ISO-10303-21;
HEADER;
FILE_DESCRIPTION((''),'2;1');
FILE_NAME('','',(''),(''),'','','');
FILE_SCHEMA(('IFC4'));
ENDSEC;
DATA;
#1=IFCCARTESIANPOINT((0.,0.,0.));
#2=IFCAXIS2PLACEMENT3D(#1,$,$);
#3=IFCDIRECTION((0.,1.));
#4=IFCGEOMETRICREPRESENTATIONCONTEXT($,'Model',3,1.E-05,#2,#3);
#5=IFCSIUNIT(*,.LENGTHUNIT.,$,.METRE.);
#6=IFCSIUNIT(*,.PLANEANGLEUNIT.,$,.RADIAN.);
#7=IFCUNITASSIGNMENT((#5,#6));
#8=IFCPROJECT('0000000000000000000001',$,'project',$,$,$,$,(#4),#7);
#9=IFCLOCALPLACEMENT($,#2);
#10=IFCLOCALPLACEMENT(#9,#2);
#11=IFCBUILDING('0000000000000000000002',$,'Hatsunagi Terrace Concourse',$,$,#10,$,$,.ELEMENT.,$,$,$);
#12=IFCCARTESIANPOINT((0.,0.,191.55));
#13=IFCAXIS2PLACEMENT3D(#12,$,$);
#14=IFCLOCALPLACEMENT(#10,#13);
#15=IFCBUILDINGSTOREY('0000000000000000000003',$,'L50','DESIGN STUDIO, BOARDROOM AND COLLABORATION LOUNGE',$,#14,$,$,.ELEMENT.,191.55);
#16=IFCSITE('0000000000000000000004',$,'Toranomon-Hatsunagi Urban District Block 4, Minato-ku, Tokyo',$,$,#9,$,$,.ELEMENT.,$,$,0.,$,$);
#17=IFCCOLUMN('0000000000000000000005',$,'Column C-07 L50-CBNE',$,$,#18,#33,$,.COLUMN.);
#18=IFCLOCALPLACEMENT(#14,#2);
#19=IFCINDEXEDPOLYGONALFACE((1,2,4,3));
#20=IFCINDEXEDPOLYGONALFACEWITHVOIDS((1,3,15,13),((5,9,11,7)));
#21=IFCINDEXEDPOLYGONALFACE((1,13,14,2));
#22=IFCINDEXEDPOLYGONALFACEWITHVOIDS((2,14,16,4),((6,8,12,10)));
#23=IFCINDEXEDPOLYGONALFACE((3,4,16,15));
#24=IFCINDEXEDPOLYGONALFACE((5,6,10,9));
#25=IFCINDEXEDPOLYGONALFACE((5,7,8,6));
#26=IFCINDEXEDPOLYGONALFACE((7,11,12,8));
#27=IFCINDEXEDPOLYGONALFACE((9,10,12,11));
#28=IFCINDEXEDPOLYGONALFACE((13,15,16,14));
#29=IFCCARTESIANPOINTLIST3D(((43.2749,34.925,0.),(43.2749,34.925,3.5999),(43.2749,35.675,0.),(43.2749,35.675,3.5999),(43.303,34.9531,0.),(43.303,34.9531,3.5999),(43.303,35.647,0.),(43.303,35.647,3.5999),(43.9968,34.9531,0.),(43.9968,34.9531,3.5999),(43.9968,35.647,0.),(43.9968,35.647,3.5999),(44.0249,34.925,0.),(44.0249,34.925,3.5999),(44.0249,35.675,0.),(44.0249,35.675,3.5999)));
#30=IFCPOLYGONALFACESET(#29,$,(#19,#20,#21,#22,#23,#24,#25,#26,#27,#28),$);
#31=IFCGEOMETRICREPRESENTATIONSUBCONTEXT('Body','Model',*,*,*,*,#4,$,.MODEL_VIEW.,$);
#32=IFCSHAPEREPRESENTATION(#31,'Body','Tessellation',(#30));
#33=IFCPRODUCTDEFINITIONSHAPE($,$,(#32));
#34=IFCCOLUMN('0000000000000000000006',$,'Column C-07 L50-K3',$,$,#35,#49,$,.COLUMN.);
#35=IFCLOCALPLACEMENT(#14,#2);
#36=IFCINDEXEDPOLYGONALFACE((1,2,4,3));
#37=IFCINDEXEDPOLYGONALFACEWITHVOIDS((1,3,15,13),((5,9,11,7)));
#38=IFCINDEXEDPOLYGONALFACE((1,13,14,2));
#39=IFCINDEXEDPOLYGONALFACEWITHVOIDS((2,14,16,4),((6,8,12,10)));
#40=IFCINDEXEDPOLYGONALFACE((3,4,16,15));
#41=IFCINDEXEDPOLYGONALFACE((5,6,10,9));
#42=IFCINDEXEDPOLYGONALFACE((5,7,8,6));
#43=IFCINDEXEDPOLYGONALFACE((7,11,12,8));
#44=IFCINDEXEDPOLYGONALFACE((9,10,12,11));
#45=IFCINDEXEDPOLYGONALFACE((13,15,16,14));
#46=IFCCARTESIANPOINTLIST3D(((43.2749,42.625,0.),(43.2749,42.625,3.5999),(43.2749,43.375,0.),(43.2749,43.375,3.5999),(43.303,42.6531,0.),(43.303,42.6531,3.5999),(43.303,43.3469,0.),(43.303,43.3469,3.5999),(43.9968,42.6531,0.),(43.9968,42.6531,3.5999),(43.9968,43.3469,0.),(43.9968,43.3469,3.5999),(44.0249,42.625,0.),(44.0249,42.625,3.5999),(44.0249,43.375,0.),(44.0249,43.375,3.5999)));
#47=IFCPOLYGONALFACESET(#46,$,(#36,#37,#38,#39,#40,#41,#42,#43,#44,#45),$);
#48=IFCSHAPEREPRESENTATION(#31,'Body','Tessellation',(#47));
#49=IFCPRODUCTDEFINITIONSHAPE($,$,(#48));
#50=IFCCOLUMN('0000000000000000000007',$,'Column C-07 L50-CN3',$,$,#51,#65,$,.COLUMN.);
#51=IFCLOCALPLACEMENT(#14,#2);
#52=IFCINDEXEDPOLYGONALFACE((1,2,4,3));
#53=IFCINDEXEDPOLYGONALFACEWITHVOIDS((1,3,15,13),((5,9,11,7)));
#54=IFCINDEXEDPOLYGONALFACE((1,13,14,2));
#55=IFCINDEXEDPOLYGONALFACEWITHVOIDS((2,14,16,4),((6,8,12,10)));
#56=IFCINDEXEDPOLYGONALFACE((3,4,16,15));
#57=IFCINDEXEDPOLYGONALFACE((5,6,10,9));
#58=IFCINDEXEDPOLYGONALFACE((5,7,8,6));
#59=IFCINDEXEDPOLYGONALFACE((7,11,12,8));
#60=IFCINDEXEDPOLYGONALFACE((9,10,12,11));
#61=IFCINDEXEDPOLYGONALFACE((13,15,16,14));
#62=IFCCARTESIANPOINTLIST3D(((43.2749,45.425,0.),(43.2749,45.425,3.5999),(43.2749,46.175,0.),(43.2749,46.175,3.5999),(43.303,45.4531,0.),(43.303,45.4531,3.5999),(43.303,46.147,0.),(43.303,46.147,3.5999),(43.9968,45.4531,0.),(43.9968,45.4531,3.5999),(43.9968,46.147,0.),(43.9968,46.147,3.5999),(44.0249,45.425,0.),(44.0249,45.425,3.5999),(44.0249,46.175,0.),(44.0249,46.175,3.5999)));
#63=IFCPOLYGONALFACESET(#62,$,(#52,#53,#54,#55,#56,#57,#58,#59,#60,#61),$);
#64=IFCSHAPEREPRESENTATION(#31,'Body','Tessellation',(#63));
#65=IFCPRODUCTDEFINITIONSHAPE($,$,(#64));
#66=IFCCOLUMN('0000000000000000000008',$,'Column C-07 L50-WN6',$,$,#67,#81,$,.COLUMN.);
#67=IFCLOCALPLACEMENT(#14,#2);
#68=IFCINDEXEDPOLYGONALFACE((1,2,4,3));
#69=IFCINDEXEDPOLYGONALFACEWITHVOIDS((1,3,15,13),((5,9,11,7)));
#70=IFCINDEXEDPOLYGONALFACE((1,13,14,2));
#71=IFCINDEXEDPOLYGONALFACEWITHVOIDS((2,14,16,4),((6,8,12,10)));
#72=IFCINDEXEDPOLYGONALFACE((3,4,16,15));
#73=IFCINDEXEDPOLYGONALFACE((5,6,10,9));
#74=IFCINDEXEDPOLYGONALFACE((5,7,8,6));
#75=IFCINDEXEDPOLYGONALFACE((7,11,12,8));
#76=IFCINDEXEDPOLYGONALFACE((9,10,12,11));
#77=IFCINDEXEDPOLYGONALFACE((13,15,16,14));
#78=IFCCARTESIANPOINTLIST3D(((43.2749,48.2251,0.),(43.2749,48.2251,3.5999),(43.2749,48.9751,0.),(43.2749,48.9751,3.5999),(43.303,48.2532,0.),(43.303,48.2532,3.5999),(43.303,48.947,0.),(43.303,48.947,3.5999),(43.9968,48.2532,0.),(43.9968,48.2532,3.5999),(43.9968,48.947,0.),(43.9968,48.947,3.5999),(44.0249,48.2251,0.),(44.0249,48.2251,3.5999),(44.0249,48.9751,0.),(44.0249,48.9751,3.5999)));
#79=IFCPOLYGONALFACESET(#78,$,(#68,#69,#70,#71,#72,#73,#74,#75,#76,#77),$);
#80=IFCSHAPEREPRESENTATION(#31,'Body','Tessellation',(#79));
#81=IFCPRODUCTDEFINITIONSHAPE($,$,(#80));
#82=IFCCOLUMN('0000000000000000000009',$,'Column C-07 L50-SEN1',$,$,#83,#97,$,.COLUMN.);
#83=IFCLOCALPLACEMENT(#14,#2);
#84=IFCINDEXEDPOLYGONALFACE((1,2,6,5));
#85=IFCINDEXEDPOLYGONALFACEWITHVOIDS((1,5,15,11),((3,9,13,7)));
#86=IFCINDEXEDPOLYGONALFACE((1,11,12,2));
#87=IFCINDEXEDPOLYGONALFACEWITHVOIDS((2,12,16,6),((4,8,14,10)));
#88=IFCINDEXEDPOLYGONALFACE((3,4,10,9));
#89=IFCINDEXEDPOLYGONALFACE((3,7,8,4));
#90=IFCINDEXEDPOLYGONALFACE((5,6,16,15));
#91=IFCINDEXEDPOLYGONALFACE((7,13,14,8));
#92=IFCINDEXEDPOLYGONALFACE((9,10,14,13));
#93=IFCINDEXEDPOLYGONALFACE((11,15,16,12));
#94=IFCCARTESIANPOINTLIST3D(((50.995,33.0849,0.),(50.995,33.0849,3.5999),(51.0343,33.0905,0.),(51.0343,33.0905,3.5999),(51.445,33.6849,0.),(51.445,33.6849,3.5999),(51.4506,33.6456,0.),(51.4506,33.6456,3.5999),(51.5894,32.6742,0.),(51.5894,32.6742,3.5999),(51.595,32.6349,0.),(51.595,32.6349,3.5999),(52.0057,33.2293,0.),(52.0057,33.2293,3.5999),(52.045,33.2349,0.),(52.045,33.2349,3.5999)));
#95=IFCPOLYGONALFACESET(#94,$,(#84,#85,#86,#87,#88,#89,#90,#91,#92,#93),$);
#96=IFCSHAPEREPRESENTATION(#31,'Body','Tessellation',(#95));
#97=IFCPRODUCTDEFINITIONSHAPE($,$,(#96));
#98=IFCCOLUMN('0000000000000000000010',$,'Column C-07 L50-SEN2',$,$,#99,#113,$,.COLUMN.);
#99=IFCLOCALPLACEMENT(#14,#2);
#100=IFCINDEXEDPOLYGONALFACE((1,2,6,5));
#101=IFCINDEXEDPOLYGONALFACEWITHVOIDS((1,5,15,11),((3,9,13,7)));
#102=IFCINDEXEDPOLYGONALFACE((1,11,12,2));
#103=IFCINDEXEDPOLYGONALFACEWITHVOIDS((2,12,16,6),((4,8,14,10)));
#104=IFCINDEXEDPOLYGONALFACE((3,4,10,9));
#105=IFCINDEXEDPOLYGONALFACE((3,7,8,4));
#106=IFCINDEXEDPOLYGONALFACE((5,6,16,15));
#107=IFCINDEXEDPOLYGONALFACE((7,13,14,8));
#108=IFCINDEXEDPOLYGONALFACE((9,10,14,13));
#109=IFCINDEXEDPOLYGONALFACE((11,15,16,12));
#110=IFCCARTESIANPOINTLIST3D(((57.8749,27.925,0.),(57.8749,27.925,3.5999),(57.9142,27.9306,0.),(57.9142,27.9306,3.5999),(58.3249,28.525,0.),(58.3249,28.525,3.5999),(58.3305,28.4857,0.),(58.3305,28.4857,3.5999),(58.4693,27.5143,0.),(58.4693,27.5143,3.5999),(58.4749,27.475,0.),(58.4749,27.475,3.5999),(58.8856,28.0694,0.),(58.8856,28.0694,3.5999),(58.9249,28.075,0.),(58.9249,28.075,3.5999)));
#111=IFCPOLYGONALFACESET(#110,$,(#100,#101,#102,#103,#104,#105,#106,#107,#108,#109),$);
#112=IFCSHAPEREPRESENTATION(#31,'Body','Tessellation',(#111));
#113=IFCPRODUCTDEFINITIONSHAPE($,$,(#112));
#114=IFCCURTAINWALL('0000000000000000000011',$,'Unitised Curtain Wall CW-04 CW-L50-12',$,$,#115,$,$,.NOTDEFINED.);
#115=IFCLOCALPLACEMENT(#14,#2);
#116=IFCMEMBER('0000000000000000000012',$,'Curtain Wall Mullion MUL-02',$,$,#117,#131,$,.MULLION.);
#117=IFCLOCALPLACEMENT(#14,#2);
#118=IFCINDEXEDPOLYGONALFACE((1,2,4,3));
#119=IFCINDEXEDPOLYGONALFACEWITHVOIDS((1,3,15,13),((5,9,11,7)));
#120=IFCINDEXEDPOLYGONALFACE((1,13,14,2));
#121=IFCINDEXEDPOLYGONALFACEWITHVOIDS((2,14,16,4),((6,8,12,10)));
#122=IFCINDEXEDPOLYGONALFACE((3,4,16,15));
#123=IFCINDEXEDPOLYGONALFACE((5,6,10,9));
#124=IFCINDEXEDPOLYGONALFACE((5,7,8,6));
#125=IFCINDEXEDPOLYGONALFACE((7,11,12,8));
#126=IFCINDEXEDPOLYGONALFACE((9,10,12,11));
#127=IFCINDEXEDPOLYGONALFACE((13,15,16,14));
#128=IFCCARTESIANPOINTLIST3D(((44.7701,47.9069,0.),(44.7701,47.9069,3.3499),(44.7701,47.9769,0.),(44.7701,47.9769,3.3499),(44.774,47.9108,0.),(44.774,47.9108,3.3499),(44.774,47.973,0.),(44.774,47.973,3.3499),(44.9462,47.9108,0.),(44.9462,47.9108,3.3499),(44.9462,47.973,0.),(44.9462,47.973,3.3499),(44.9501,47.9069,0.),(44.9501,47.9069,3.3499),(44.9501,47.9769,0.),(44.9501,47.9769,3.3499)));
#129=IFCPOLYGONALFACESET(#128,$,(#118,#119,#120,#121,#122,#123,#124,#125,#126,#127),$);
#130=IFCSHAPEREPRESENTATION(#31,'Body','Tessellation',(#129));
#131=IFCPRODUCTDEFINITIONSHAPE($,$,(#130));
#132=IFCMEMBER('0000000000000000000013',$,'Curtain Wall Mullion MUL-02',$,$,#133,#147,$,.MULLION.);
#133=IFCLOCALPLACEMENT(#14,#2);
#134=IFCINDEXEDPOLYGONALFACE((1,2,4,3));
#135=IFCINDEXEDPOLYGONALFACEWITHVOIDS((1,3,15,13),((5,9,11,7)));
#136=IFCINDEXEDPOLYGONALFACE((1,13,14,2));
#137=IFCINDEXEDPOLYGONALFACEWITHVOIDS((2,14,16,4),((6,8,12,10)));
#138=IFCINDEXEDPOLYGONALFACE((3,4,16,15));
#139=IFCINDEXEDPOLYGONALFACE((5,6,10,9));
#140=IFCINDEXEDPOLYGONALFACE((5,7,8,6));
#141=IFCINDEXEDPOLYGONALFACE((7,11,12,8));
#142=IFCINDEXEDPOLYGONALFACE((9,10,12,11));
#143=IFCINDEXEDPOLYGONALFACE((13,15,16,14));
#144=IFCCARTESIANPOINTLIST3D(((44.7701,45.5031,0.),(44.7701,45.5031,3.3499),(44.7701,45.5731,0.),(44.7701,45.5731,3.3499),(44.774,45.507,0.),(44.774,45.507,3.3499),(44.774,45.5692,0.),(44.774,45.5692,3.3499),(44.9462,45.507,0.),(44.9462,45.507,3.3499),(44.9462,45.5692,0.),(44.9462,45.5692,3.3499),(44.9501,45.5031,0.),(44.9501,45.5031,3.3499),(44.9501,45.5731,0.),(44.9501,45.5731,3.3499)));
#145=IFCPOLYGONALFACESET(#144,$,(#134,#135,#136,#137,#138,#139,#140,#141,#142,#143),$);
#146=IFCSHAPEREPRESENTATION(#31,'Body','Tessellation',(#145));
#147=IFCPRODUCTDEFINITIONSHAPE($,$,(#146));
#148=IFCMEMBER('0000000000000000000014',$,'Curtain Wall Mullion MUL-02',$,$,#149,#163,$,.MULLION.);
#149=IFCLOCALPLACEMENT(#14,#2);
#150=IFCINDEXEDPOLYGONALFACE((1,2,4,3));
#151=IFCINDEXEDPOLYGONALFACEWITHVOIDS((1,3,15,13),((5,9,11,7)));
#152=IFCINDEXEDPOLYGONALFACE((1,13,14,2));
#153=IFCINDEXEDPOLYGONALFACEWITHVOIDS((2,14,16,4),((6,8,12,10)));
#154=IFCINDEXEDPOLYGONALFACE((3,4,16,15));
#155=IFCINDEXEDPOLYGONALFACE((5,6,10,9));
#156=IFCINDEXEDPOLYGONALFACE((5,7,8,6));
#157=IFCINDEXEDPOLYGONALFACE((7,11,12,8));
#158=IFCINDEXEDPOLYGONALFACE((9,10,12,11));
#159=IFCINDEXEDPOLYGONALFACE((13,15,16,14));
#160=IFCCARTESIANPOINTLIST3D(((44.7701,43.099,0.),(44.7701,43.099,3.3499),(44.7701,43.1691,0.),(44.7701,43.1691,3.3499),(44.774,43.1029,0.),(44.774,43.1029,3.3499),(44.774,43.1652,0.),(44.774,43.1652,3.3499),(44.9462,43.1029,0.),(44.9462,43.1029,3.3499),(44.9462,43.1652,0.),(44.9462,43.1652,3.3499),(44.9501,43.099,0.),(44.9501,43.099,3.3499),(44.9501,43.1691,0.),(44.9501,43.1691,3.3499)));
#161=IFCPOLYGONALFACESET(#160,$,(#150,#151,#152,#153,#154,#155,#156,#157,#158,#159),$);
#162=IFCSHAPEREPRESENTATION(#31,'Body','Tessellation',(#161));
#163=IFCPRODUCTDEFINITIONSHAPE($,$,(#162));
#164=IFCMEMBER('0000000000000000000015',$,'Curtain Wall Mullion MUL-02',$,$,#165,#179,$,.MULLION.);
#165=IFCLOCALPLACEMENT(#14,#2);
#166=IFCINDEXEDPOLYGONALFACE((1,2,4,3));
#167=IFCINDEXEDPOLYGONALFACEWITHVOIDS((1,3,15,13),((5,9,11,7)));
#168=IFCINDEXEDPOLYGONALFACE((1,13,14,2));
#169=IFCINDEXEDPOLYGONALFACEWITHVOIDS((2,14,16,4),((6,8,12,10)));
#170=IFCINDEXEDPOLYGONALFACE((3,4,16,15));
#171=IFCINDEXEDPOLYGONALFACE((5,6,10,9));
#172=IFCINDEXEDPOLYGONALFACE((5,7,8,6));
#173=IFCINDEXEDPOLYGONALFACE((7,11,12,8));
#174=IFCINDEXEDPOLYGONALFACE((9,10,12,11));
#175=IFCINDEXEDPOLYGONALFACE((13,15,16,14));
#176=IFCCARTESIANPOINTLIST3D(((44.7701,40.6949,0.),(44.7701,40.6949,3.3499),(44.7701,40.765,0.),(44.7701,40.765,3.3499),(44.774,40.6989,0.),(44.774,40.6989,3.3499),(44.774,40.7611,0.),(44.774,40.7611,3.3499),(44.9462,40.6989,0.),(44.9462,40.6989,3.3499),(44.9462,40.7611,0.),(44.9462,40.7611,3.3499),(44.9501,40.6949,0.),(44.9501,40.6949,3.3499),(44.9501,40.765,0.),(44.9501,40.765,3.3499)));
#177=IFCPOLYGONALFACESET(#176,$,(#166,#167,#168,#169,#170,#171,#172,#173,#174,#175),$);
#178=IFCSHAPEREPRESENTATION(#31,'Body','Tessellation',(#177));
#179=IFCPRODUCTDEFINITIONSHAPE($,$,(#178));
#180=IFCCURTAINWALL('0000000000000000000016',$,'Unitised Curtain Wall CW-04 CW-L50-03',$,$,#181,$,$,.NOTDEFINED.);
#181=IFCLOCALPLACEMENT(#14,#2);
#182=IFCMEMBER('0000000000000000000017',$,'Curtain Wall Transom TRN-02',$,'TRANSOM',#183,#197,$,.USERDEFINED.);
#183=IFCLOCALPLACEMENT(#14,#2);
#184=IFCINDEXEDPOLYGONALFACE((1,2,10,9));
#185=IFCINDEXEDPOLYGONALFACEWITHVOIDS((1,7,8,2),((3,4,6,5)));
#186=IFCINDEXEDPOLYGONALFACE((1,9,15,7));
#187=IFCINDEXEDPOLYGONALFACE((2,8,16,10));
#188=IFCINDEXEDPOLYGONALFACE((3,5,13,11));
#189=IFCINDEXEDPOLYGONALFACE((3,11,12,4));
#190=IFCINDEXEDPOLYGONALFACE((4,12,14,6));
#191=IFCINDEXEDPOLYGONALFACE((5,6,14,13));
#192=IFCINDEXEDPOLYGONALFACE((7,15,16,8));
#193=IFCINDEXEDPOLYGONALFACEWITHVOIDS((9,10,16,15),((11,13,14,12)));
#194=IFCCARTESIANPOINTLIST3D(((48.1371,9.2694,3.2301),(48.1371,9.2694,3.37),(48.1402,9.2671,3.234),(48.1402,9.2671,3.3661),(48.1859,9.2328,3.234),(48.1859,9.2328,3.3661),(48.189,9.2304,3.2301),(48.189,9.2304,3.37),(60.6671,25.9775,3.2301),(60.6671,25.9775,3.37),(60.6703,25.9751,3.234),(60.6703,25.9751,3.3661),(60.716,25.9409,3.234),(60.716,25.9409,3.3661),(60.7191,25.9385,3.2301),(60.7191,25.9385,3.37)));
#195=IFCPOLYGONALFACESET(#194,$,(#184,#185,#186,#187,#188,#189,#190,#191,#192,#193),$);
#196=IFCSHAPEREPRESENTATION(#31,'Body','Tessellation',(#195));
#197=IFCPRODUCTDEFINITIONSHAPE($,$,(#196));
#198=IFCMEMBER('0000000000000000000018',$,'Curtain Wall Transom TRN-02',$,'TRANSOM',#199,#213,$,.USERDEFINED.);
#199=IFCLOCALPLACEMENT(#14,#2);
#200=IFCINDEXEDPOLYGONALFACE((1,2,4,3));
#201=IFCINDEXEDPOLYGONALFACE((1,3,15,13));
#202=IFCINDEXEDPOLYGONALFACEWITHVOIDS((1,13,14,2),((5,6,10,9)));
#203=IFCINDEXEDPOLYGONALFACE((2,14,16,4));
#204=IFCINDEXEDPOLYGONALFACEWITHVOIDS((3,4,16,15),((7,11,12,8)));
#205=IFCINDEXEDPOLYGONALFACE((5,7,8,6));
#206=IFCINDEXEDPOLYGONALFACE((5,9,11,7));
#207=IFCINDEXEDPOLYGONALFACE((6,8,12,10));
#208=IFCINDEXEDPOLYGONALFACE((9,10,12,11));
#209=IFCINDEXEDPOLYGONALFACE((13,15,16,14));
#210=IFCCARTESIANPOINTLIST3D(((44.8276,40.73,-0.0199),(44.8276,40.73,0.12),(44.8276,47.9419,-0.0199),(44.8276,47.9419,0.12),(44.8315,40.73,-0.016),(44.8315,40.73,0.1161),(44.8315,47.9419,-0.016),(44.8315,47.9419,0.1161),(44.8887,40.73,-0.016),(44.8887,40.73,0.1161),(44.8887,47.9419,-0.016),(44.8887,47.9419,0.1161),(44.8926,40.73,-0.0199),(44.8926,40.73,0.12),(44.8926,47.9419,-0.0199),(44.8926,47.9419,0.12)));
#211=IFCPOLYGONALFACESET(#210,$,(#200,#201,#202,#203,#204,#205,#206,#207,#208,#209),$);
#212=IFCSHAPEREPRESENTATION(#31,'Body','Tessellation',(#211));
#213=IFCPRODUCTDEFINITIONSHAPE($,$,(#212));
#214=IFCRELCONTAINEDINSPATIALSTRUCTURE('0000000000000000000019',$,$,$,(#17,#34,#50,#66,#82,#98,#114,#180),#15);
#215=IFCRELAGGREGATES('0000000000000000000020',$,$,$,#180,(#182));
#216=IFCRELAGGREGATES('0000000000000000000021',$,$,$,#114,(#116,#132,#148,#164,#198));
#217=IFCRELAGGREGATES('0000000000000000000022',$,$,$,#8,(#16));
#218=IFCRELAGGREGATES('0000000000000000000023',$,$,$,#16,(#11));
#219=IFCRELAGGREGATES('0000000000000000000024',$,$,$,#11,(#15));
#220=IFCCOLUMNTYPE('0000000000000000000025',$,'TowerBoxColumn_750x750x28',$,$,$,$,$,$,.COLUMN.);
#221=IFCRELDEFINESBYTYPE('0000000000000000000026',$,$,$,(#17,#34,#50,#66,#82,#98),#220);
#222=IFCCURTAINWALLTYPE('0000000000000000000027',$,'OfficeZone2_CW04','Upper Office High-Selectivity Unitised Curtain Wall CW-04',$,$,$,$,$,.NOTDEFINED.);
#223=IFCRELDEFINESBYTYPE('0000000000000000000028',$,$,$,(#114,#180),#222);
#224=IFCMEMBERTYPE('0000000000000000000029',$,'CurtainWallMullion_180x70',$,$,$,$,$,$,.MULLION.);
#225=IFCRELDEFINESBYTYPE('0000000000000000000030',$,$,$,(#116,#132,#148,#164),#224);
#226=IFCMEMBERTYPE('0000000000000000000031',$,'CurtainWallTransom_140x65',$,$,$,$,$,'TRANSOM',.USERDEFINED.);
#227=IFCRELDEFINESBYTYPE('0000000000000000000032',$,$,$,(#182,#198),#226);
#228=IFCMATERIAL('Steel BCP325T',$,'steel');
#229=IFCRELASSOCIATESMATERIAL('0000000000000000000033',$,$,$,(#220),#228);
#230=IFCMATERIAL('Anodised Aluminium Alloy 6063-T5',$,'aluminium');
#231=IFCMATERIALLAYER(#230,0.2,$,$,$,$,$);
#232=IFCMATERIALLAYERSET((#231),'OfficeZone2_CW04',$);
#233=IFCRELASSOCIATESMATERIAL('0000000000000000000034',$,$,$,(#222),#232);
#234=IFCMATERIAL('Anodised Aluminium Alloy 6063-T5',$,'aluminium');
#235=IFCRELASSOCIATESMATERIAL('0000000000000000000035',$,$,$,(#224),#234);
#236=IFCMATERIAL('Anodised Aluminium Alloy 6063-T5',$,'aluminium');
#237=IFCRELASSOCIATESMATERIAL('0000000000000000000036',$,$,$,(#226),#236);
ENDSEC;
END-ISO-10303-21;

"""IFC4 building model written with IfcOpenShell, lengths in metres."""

from ifc_helpers import new_model, si_unit, direction, frame, origin, origin_2d, place, context, subcontext, project, spatial, hollow_rectangle, extrude, material, layer, layer_set, material_profile, profile_set, type_object, element, aggregate, save


model = new_model("IFC4")

# Units and contexts
model_context = context("Model", 3, precision=1e-05, world=origin(), true_north=direction((0.0, 1.0)))
body_context = subcontext(model_context, "Body", "Model", "MODEL_VIEW")
ifc_project = project(units=[si_unit("LENGTHUNIT", "METRE"), si_unit("PLANEANGLEUNIT", "RADIAN")], contexts=[model_context])

# Site, building, storey
site_placement = place(None, origin())
site = spatial("IfcSite", under=ifc_project, at=site_placement, Name="Toranomon-Hatsunagi Urban District Block 4, Minato-ku, Tokyo", CompositionType="ELEMENT", RefElevation=0.0)
building_placement = place(site_placement, origin())
building = spatial("IfcBuilding", under=site, at=building_placement, Name="Hatsunagi Terrace Concourse", CompositionType="ELEMENT")
storey_placement = place(building_placement, frame((0.0, 0.0, 191.55)))
storey = spatial("IfcBuildingStorey", under=building, at=storey_placement, Name="L50", Description="DESIGN STUDIO, BOARDROOM AND COLLABORATION LOUNGE", CompositionType="ELEMENT", Elevation=191.55)

# Columns
ifc_material_1 = material(Name="Steel BCP325T", Category="steel")
ifc_material_profile_1 = material_profile(ifc_material_1, hollow_rectangle(XDim=0.75, YDim=0.75, WallThickness=0.0281, at=origin_2d()), Name="BCP-750x750x28")
ifc_profile_set_1 = profile_set([ifc_material_profile_1], Name="Steel BCP325T")
column_type = type_object("IfcColumnType", Name="TowerBoxColumn_750x750x28", PredefinedType="COLUMN", material=ifc_profile_set_1)
for number, where, z_axis, x_axis, name in (
    (1, (43.6499, 35.3, 0.0), (0.0, 0.0, 1.0), (1.0, 0.0, 0.0), "Column C-07 L50-CBNE"),
    (2, (43.6499, 43.0, 0.0), (0.0, 0.0, 1.0), (1.0, 0.0, 0.0), "Column C-07 L50-K3"),
    (3, (43.6499, 45.8, 0.0), (0.0, 0.0, 1.0), (1.0, 0.0, 0.0), "Column C-07 L50-CN3"),
    (4, (43.6499, 48.6001, 0.0), (0.0, 0.0, 1.0), (1.0, 0.0, 0.0), "Column C-07 L50-WN6"),
    (5, (51.52, 33.1599, 0.0), (0.0, 0.0, 1.0), (0.8, -0.6, 0.0), "Column C-07 L50-SEN1"),
    (6, (58.3999, 28.0, 0.0), (0.0, 0.0, 1.0), (0.8, -0.6, 0.0), "Column C-07 L50-SEN2"),
):
    element("IfcColumn", number, at=place(storey_placement, frame(where, z_axis=z_axis, x_axis=x_axis)), inside=storey, type_object=column_type, Name=name, PredefinedType="COLUMN", context=body_context, shape_type="SweptSolid", body=[
        extrude(hollow_rectangle(XDim=0.75, YDim=0.75, WallThickness=0.0281, at=origin_2d()), origin(), (0.0, 0.0, 1.0), 3.5999),
    ])

# Curtain wall, members
ifc_material_2 = material(Name="Anodised Aluminium Alloy 6063-T5", Category="aluminium")
ifc_layer_1 = layer(ifc_material_2, 0.2)
ifc_layer_set_1 = layer_set([ifc_layer_1], Name="OfficeZone2_CW04")
curtain_wall_type = type_object("IfcCurtainWallType", Name="OfficeZone2_CW04", Description="Upper Office High-Selectivity Unitised Curtain Wall CW-04", PredefinedType="NOTDEFINED", material=ifc_layer_set_1)
curtain_wall_1_placement = place(storey_placement, origin())
curtain_wall_1 = element("IfcCurtainWall", 7, at=curtain_wall_1_placement, inside=storey, type_object=curtain_wall_type, Name="Unitised Curtain Wall CW-04 CW-L50-12", PredefinedType="NOTDEFINED")
ifc_material_3 = material(Name="Anodised Aluminium Alloy 6063-T5", Category="aluminium")
ifc_material_profile_2 = material_profile(ifc_material_3, hollow_rectangle(XDim=0.0701, YDim=0.1799, WallThickness=0.0039, at=origin_2d()), Name="ALU-MUL-180x70x4")
ifc_profile_set_2 = profile_set([ifc_material_profile_2], Name="Anodised Aluminium Alloy 6063-T5")
member_type_1 = type_object("IfcMemberType", Name="CurtainWallMullion_180x70", PredefinedType="MULLION", material=ifc_profile_set_2)
member_1_placement = place(storey_placement, frame((44.8601, 47.9419, 0.0), z_axis=(0.0, 0.0, 1.0), x_axis=(0.0, -1.0, 0.0)))
member_1 = element("IfcMember", 8, at=member_1_placement, type_object=member_type_1, Name="Curtain Wall Mullion MUL-02", PredefinedType="MULLION", context=body_context, shape_type="SweptSolid", body=[
    extrude(hollow_rectangle(XDim=0.0701, YDim=0.1799, WallThickness=0.0039, at=origin_2d()), origin(), (0.0, 0.0, 1.0), 3.3499),
])
member_2_placement = place(storey_placement, frame((44.8601, 45.5381, 0.0), z_axis=(0.0, 0.0, 1.0), x_axis=(0.0, -1.0, 0.0)))
member_2 = element("IfcMember", 9, at=member_2_placement, type_object=member_type_1, Name="Curtain Wall Mullion MUL-02", PredefinedType="MULLION", context=body_context, shape_type="SweptSolid", body=[
    extrude(hollow_rectangle(XDim=0.0701, YDim=0.1799, WallThickness=0.0039, at=origin_2d()), origin(), (0.0, 0.0, 1.0), 3.3499),
])
member_3_placement = place(storey_placement, frame((44.8601, 43.134, 0.0), z_axis=(0.0, 0.0, 1.0), x_axis=(0.0, -1.0, 0.0)))
member_3 = element("IfcMember", 10, at=member_3_placement, type_object=member_type_1, Name="Curtain Wall Mullion MUL-02", PredefinedType="MULLION", context=body_context, shape_type="SweptSolid", body=[
    extrude(hollow_rectangle(XDim=0.0701, YDim=0.1799, WallThickness=0.0039, at=origin_2d()), origin(), (0.0, 0.0, 1.0), 3.3499),
])
member_4_placement = place(storey_placement, frame((44.8601, 40.73, 0.0), z_axis=(0.0, 0.0, 1.0), x_axis=(0.0, -1.0, 0.0)))
member_4 = element("IfcMember", 11, at=member_4_placement, type_object=member_type_1, Name="Curtain Wall Mullion MUL-02", PredefinedType="MULLION", context=body_context, shape_type="SweptSolid", body=[
    extrude(hollow_rectangle(XDim=0.0701, YDim=0.1799, WallThickness=0.0039, at=origin_2d()), origin(), (0.0, 0.0, 1.0), 3.3499),
])

# Curtain wall, member
curtain_wall_2_placement = place(storey_placement, origin())
curtain_wall_2 = element("IfcCurtainWall", 12, at=curtain_wall_2_placement, inside=storey, type_object=curtain_wall_type, Name="Unitised Curtain Wall CW-04 CW-L50-03", PredefinedType="NOTDEFINED")
ifc_material_4 = material(Name="Anodised Aluminium Alloy 6063-T5", Category="aluminium")
ifc_material_profile_3 = material_profile(ifc_material_4, hollow_rectangle(XDim=0.0649, YDim=0.1399, WallThickness=0.0039, at=origin_2d()), Name="ALU-TRN-140x65x4")
ifc_profile_set_3 = profile_set([ifc_material_profile_3], Name="Anodised Aluminium Alloy 6063-T5")
member_type_2 = type_object("IfcMemberType", Name="CurtainWallTransom_140x65", ElementType="TRANSOM", PredefinedType="USERDEFINED", material=ifc_profile_set_3)
member_5_placement = place(storey_placement, frame((60.6931, 25.958, 3.3), z_axis=(-0.59997, -0.800022, 0.0), x_axis=(0.800022, -0.59997, 0.0)))
member_5 = element("IfcMember", 13, at=member_5_placement, type_object=member_type_2, Name="Curtain Wall Transom TRN-02", ObjectType="TRANSOM", PredefinedType="USERDEFINED", context=body_context, shape_type="SweptSolid", body=[
    extrude(hollow_rectangle(XDim=0.0649, YDim=0.1399, WallThickness=0.0039, at=origin_2d()), origin(), (0.0, 0.0, 1.0), 20.8845),
])
aggregate(curtain_wall_2, [member_5])

# Member
member_6_placement = place(storey_placement, frame((44.8601, 47.9419, 0.05), z_axis=(0.0, -1.0, 0.0), x_axis=(1.0, 0.0, 0.0)))
member_6 = element("IfcMember", 14, at=member_6_placement, type_object=member_type_2, Name="Curtain Wall Transom TRN-02", ObjectType="TRANSOM", PredefinedType="USERDEFINED", context=body_context, shape_type="SweptSolid", body=[
    extrude(hollow_rectangle(XDim=0.0649, YDim=0.1399, WallThickness=0.0039, at=origin_2d()), origin(), (0.0, 0.0, 1.0), 7.2119),
])

aggregate(curtain_wall_1, [member_1, member_2, member_3, member_4, member_6])

save(model, "model.ifc")
